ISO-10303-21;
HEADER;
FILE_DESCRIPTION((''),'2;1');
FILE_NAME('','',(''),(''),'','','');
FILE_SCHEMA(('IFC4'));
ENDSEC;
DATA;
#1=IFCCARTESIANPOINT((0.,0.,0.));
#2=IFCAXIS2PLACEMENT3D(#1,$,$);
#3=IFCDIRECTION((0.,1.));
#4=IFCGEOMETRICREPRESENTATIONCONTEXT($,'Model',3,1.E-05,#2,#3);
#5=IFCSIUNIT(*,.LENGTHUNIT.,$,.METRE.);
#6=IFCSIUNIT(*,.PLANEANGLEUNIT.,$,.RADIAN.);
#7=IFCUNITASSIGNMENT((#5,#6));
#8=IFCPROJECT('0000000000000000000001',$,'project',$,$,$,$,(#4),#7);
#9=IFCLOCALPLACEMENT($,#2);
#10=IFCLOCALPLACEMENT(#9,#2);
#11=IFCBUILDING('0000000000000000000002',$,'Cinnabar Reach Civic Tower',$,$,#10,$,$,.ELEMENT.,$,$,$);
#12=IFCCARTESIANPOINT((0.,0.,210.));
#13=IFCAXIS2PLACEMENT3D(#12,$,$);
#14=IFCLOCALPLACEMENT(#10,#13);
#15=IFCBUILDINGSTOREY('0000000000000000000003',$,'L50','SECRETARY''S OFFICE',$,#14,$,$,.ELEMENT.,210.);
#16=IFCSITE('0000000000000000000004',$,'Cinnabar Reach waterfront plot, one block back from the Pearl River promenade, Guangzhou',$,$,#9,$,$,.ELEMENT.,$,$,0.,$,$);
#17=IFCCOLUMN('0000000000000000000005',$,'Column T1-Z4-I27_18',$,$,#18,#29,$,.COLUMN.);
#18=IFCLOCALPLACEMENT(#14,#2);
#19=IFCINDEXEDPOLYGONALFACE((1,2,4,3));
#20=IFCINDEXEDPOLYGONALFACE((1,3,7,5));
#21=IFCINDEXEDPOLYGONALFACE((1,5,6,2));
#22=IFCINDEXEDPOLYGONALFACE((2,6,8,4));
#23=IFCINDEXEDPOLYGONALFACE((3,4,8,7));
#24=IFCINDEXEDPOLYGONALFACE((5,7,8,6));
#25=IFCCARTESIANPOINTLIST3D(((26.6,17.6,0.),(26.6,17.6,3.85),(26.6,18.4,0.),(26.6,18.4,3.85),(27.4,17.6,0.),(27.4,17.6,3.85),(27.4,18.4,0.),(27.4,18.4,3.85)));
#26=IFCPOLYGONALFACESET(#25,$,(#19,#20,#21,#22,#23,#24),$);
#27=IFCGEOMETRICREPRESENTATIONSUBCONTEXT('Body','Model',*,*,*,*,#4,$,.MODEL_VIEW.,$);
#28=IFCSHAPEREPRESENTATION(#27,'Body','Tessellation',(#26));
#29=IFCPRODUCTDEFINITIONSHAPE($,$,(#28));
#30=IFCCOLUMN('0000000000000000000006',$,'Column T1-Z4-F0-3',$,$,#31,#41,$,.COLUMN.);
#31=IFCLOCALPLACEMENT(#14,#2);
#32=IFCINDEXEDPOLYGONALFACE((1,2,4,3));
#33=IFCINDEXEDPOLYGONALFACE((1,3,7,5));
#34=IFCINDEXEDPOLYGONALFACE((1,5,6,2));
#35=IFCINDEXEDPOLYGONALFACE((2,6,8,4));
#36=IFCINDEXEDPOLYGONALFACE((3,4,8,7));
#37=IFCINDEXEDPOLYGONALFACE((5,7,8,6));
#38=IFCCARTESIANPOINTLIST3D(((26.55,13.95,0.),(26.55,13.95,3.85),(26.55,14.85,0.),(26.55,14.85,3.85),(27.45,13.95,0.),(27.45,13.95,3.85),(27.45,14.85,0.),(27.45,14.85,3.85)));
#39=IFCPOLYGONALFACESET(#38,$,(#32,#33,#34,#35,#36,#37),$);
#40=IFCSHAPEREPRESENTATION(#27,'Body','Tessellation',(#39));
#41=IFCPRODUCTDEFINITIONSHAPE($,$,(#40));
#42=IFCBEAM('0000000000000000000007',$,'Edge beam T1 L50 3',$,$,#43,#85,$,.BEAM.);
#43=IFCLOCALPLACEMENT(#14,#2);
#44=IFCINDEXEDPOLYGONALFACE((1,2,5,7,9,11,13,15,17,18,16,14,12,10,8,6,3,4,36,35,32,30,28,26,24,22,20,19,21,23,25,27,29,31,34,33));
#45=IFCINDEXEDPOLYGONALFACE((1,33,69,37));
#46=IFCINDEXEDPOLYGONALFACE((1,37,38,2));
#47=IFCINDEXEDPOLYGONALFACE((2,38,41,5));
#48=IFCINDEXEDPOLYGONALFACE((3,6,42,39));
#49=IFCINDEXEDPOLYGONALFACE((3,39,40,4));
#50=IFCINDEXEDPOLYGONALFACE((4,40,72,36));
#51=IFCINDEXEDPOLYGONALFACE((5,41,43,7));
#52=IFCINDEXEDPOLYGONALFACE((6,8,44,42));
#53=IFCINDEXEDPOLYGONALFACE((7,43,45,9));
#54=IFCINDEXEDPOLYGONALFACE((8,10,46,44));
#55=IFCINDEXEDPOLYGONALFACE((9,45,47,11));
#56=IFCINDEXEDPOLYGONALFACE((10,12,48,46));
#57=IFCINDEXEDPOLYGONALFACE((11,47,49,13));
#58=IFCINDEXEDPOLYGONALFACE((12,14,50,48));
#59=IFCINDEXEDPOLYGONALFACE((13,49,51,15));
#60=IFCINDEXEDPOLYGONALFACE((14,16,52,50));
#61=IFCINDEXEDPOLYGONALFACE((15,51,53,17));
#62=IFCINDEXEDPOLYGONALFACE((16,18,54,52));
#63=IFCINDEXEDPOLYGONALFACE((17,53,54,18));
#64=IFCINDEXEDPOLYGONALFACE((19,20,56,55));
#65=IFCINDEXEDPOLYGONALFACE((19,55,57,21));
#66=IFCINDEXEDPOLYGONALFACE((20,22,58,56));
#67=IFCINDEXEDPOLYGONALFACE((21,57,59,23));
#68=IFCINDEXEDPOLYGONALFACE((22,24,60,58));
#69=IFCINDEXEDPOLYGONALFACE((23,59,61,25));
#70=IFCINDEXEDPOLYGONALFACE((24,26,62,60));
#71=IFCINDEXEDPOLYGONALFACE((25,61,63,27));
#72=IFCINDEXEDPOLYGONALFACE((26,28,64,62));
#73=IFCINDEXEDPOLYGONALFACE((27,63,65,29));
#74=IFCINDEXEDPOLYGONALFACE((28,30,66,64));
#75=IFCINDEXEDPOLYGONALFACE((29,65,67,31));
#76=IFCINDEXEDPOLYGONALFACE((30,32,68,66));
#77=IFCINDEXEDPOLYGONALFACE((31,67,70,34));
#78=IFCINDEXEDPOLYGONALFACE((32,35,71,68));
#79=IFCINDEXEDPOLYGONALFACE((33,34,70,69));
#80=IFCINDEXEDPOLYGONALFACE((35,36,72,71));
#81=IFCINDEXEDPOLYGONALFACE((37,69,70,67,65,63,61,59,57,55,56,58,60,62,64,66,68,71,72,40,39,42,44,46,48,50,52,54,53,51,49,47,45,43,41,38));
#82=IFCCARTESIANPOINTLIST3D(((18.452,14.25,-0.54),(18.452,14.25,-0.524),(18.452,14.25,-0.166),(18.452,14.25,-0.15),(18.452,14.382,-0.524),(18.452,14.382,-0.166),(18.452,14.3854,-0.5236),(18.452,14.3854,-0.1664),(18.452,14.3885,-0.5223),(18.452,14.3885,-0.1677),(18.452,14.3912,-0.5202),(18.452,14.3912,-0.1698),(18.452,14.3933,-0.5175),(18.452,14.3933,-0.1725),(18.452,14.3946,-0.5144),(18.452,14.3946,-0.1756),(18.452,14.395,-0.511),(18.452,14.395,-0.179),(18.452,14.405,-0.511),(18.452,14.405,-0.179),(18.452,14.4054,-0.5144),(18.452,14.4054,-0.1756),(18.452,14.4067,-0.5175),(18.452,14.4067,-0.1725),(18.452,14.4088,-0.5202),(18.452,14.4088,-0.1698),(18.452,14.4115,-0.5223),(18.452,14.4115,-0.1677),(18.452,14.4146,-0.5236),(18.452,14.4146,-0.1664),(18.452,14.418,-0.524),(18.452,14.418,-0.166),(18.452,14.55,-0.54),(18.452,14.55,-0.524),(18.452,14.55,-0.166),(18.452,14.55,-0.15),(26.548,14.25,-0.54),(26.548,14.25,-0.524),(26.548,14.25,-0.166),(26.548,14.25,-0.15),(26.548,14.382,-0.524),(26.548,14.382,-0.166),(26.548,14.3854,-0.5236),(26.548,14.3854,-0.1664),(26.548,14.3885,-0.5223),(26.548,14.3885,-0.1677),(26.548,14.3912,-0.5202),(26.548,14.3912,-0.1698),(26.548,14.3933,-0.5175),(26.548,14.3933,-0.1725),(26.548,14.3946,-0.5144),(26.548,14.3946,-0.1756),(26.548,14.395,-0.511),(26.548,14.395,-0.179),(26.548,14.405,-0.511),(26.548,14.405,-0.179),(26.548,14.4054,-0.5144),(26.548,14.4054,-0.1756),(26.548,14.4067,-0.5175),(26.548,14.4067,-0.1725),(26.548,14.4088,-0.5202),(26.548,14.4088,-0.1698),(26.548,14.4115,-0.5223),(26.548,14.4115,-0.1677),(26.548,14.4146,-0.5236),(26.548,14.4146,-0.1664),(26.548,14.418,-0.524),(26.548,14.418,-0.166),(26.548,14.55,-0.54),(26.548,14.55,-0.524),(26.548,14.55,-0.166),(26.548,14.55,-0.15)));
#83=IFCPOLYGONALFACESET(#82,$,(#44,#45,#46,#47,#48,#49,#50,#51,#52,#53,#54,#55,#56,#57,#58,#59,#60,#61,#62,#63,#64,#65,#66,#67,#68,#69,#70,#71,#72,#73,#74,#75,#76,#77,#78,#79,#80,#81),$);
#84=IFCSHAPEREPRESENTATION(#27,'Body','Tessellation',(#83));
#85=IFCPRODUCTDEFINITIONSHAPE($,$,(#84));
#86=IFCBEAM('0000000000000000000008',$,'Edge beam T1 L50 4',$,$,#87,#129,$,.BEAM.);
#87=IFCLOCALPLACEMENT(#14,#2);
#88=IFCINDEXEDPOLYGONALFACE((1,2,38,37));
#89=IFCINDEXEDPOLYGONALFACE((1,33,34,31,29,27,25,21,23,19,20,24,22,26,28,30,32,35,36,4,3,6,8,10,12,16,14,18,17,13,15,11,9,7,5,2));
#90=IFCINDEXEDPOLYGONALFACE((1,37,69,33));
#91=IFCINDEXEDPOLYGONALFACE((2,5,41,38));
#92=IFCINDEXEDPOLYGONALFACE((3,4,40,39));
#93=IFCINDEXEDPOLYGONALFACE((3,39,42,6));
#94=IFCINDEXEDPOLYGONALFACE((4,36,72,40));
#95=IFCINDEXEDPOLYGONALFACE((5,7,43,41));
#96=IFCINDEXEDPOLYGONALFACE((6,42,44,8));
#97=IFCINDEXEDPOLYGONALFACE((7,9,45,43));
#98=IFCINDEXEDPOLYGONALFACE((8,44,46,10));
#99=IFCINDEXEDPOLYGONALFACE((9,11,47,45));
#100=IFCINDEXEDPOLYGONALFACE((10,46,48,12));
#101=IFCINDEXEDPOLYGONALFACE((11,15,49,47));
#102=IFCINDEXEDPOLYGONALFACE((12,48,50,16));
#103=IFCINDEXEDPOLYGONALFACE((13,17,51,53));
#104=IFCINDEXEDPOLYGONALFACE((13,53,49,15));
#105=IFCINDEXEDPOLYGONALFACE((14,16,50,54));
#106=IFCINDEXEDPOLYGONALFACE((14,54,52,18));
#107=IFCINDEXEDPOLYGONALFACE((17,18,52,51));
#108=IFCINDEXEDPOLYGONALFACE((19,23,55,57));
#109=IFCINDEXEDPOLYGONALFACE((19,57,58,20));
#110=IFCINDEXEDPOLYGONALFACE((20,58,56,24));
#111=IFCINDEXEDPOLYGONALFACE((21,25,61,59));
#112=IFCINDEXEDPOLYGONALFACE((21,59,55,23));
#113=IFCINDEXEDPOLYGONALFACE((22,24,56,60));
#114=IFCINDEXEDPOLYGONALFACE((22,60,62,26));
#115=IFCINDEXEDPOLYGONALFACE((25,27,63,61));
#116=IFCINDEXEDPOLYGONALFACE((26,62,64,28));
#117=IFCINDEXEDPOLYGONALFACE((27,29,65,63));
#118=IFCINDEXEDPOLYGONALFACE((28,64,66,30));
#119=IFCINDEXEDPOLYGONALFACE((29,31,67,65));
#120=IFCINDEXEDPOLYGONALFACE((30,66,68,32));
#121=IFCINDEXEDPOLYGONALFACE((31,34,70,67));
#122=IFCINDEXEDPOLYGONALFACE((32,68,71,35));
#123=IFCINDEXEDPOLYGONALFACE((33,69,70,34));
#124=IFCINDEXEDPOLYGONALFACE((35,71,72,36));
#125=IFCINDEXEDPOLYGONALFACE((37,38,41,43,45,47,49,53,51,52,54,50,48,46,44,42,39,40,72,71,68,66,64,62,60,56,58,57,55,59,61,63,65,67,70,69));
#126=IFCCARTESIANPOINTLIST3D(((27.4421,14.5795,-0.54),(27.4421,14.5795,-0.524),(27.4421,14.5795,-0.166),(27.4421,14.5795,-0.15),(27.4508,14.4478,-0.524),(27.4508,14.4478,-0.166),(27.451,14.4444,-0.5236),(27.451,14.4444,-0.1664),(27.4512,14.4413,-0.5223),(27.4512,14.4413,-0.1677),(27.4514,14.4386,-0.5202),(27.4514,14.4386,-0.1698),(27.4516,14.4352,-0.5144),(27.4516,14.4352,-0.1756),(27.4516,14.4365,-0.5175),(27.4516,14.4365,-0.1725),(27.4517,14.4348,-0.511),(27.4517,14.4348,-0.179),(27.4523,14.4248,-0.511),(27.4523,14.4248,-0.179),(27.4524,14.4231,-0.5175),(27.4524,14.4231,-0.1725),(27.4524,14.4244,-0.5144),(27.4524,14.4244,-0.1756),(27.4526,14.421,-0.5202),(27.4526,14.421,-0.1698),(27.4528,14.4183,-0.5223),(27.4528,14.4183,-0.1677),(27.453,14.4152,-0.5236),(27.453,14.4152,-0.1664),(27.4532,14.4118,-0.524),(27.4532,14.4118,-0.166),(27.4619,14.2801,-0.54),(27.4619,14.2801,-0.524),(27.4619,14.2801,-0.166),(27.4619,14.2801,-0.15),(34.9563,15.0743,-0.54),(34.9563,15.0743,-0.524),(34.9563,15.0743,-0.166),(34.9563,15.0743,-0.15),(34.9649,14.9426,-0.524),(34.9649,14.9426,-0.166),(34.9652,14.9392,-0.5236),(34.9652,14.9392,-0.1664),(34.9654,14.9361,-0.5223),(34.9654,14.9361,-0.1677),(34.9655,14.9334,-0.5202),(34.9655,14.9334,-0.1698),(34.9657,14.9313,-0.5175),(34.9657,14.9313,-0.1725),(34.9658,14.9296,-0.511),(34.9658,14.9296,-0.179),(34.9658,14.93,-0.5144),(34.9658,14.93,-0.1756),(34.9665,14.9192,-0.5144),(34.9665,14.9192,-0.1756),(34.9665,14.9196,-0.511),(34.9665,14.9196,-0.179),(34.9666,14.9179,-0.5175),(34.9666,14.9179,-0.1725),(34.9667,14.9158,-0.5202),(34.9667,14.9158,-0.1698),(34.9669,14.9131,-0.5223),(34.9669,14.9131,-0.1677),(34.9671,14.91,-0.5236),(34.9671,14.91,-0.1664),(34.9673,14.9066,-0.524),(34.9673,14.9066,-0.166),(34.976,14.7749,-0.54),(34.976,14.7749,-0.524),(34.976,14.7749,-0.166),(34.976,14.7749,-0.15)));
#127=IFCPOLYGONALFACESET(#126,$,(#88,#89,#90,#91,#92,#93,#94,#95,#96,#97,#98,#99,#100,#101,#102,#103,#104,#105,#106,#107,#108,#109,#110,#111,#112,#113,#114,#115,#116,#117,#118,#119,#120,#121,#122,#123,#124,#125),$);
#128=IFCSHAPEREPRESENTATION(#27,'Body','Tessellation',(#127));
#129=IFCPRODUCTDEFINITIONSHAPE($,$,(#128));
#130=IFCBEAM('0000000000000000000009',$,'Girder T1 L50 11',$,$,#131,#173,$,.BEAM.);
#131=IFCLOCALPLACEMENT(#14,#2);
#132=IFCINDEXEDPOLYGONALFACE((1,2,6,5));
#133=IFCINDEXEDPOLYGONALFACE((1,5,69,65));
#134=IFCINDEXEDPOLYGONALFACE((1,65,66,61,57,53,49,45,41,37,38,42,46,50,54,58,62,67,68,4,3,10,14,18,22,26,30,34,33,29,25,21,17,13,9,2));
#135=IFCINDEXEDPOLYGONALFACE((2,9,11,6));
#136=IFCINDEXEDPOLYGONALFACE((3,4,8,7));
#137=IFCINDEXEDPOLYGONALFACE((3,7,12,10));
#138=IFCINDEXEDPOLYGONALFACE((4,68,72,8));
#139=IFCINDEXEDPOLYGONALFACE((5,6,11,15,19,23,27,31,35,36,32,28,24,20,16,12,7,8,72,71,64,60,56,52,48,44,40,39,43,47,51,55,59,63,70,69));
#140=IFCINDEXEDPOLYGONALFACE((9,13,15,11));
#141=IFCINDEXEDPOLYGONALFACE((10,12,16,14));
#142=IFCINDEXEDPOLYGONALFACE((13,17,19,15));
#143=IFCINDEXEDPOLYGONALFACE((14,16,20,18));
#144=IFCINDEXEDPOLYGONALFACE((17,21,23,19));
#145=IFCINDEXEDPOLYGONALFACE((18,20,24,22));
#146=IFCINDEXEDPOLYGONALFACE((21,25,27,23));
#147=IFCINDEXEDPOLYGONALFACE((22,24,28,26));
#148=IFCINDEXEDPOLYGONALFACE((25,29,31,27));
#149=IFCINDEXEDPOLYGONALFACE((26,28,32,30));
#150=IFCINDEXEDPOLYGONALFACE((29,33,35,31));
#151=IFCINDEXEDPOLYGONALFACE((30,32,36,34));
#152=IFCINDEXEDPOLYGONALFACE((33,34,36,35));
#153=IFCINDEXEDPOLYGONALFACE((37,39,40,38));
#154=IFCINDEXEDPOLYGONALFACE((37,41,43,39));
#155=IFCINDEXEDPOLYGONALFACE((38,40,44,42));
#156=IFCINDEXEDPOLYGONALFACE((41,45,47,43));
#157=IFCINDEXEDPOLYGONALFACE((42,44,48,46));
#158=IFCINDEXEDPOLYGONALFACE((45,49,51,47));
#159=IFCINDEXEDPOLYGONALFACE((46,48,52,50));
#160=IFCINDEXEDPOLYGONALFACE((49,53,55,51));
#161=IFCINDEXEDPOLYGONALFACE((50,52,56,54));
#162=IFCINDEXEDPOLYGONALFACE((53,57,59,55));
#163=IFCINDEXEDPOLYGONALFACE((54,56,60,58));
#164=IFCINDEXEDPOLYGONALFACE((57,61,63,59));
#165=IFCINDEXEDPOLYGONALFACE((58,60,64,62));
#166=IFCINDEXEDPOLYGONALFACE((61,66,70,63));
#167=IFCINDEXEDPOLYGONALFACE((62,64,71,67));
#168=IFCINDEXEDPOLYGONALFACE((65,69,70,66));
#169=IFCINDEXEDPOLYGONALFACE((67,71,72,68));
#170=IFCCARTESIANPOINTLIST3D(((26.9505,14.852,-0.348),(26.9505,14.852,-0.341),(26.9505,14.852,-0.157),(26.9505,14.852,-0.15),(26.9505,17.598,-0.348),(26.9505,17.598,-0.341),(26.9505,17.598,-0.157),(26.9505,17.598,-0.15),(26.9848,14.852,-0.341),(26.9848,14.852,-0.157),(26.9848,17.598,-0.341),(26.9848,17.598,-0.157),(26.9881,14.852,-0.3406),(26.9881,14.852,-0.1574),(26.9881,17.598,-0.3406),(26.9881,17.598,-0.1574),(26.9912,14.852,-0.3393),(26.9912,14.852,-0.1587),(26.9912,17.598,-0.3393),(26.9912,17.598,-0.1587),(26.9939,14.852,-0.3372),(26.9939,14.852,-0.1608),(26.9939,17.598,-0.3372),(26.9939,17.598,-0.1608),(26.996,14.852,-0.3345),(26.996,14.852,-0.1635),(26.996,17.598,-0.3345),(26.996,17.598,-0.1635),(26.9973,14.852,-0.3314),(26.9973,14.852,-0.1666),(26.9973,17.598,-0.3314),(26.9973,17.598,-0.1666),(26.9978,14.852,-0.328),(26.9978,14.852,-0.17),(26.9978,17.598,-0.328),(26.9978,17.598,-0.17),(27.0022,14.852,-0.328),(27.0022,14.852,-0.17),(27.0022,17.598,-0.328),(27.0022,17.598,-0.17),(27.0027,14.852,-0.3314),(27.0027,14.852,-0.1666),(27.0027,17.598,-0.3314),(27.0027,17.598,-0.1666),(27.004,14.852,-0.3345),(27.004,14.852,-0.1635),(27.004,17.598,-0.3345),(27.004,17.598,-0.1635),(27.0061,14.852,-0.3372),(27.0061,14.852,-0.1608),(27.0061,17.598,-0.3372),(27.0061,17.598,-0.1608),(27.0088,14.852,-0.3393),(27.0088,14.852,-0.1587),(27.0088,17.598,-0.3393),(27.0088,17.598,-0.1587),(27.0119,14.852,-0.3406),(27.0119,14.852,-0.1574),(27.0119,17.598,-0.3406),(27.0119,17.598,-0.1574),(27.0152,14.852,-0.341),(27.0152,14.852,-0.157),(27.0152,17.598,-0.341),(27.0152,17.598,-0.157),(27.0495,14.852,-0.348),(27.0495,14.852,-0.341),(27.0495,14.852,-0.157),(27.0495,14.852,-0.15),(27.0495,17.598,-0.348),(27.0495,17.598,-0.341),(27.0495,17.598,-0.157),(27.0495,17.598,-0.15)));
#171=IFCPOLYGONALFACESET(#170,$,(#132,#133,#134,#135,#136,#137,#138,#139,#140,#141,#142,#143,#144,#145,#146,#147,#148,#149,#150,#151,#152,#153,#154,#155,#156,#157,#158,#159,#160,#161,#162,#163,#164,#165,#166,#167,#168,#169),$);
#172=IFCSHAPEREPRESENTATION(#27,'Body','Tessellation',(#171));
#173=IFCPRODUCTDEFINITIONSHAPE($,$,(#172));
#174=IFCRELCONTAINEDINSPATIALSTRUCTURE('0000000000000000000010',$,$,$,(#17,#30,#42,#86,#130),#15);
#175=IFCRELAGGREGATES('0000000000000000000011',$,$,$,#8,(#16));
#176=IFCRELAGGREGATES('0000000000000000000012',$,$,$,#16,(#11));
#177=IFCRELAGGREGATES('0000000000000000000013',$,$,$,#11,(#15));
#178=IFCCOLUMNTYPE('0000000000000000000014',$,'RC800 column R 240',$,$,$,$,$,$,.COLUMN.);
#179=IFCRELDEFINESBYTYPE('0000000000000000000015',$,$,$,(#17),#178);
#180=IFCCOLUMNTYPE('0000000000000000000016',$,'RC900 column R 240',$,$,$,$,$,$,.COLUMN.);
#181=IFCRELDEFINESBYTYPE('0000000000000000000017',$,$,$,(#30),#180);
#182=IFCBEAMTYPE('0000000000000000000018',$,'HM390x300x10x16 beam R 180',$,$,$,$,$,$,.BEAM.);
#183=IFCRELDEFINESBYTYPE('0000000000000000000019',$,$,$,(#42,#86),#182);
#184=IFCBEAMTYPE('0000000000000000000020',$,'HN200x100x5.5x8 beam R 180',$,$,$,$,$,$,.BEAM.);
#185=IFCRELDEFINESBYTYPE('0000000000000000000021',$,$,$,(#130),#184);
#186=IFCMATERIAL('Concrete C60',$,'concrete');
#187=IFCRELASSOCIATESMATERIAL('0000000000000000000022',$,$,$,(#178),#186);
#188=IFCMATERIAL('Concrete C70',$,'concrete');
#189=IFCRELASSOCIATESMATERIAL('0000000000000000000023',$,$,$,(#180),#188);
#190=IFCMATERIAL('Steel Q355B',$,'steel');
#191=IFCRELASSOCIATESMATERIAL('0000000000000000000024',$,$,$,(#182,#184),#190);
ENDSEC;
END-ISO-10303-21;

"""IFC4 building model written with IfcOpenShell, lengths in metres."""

from ifc_helpers import new_model, si_unit, direction, frame, origin, origin_2d, place, context, subcontext, project, spatial, rectangle, i_section, extrude, material, material_profile, profile_set, type_object, element, save


model = new_model("IFC4")

# Units and contexts
model_context = context("Model", 3, precision=1e-05, world=origin(), true_north=direction((0.0, 1.0)))
body_context = subcontext(model_context, "Body", "Model", "MODEL_VIEW")
ifc_project = project(units=[si_unit("LENGTHUNIT", "METRE"), si_unit("PLANEANGLEUNIT", "RADIAN")], contexts=[model_context])

# Site, building, storey
site_placement = place(None, origin())
site = spatial("IfcSite", under=ifc_project, at=site_placement, Name="Cinnabar Reach waterfront plot, one block back from the Pearl River promenade, Guangzhou", CompositionType="ELEMENT", RefElevation=0.0)
building_placement = place(site_placement, origin())
building = spatial("IfcBuilding", under=site, at=building_placement, Name="Cinnabar Reach Civic Tower", CompositionType="ELEMENT")
storey_placement = place(building_placement, frame((0.0, 0.0, 210.0)))
storey = spatial("IfcBuildingStorey", under=building, at=storey_placement, Name="L50", Description="SECRETARY'S OFFICE", CompositionType="ELEMENT", Elevation=210.0)

# Columns
ifc_material_1 = material(Name="Concrete C60", Category="concrete")
ifc_material_profile_1 = material_profile(ifc_material_1, rectangle(XDim=0.8, YDim=0.8, at=origin_2d()), Name="RC800")
ifc_profile_set_1 = profile_set([ifc_material_profile_1], Name="Concrete C60")
column_type_1 = type_object("IfcColumnType", Name="RC800 column R 240", PredefinedType="COLUMN", material=ifc_profile_set_1)
column_1_placement = place(storey_placement, frame((27.0, 18.0, 0.0), z_axis=(0.0, 0.0, 1.0), x_axis=(1.0, 0.0, 0.0)))
element("IfcColumn", 1, at=column_1_placement, inside=storey, type_object=column_type_1, Name="Column T1-Z4-I27_18", PredefinedType="COLUMN", context=body_context, shape_type="SweptSolid", body=[
    extrude(rectangle(XDim=0.8, YDim=0.8, at=origin_2d()), origin(), (0.0, 0.0, 1.0), 3.85),
])
ifc_material_2 = material(Name="Concrete C70", Category="concrete")
ifc_material_profile_2 = material_profile(ifc_material_2, rectangle(XDim=0.9, YDim=0.9, at=origin_2d()), Name="RC900")
ifc_profile_set_2 = profile_set([ifc_material_profile_2], Name="Concrete C70")
column_type_2 = type_object("IfcColumnType", Name="RC900 column R 240", PredefinedType="COLUMN", material=ifc_profile_set_2)
column_2_placement = place(storey_placement, frame((27.0, 14.4, 0.0), z_axis=(0.0, 0.0, 1.0), x_axis=(1.0, 0.0, 0.0)))
element("IfcColumn", 2, at=column_2_placement, inside=storey, type_object=column_type_2, Name="Column T1-Z4-F0-3", PredefinedType="COLUMN", context=body_context, shape_type="SweptSolid", body=[
    extrude(rectangle(XDim=0.9, YDim=0.9, at=origin_2d()), origin(), (0.0, 0.0, 1.0), 3.85),
])

# Beams
ifc_material_3 = material(Name="Steel Q355B", Category="steel")
ifc_material_profile_3 = material_profile(ifc_material_3, i_section(OverallWidth=0.3, OverallDepth=0.39, WebThickness=0.01, FlangeThickness=0.016, FilletRadius=0.013, at=origin_2d()), Name="HM390x300x10x16")
ifc_profile_set_3 = profile_set([ifc_material_profile_3], Name="Steel Q355B")
beam_type_1 = type_object("IfcBeamType", Name="HM390x300x10x16 beam R 180", PredefinedType="BEAM", material=ifc_profile_set_3)
beam_1_placement = place(storey_placement, frame((18.452, 14.4, -0.345), z_axis=(1.0, 0.0, 0.0), x_axis=(0.0, 1.0, 0.0)))
element("IfcBeam", 3, at=beam_1_placement, inside=storey, type_object=beam_type_1, Name="Edge beam T1 L50 3", PredefinedType="BEAM", context=body_context, shape_type="SweptSolid", body=[
    extrude(i_section(OverallWidth=0.3, OverallDepth=0.39, WebThickness=0.01, FlangeThickness=0.016, FilletRadius=0.013, at=origin_2d()), origin(), (0.0, 0.0, 1.0), 8.096),
])
beam_2_placement = place(storey_placement, frame((27.452, 14.4298, -0.345), z_axis=(0.997839, 0.065707, 0.0), x_axis=(-0.065707, 0.997839, 0.0)))
element("IfcBeam", 4, at=beam_2_placement, inside=storey, type_object=beam_type_1, Name="Edge beam T1 L50 4", PredefinedType="BEAM", context=body_context, shape_type="SweptSolid", body=[
    extrude(i_section(OverallWidth=0.3, OverallDepth=0.39, WebThickness=0.01, FlangeThickness=0.016, FilletRadius=0.013, at=origin_2d()), origin(), (0.0, 0.0, 1.0), 7.5304),
])
ifc_material_profile_4 = material_profile(ifc_material_3, i_section(OverallWidth=0.099, OverallDepth=0.198, WebThickness=0.0045, FlangeThickness=0.007, FilletRadius=0.013, at=origin_2d()), Name="HN200x100x5.5x8")
ifc_profile_set_4 = profile_set([ifc_material_profile_4], Name="Steel Q355B")
beam_type_2 = type_object("IfcBeamType", Name="HN200x100x5.5x8 beam R 180", PredefinedType="BEAM", material=ifc_profile_set_4)
beam_3_placement = place(storey_placement, frame((27.0, 14.852, -0.249), z_axis=(0.0, 1.0, 0.0), x_axis=(-1.0, 0.0, 0.0)))
element("IfcBeam", 5, at=beam_3_placement, inside=storey, type_object=beam_type_2, Name="Girder T1 L50 11", PredefinedType="BEAM", context=body_context, shape_type="SweptSolid", body=[
    extrude(i_section(OverallWidth=0.099, OverallDepth=0.198, WebThickness=0.0045, FlangeThickness=0.007, FilletRadius=0.013, at=origin_2d()), origin(), (0.0, 0.0, 1.0), 2.746),
])

save(model, "model.ifc")
